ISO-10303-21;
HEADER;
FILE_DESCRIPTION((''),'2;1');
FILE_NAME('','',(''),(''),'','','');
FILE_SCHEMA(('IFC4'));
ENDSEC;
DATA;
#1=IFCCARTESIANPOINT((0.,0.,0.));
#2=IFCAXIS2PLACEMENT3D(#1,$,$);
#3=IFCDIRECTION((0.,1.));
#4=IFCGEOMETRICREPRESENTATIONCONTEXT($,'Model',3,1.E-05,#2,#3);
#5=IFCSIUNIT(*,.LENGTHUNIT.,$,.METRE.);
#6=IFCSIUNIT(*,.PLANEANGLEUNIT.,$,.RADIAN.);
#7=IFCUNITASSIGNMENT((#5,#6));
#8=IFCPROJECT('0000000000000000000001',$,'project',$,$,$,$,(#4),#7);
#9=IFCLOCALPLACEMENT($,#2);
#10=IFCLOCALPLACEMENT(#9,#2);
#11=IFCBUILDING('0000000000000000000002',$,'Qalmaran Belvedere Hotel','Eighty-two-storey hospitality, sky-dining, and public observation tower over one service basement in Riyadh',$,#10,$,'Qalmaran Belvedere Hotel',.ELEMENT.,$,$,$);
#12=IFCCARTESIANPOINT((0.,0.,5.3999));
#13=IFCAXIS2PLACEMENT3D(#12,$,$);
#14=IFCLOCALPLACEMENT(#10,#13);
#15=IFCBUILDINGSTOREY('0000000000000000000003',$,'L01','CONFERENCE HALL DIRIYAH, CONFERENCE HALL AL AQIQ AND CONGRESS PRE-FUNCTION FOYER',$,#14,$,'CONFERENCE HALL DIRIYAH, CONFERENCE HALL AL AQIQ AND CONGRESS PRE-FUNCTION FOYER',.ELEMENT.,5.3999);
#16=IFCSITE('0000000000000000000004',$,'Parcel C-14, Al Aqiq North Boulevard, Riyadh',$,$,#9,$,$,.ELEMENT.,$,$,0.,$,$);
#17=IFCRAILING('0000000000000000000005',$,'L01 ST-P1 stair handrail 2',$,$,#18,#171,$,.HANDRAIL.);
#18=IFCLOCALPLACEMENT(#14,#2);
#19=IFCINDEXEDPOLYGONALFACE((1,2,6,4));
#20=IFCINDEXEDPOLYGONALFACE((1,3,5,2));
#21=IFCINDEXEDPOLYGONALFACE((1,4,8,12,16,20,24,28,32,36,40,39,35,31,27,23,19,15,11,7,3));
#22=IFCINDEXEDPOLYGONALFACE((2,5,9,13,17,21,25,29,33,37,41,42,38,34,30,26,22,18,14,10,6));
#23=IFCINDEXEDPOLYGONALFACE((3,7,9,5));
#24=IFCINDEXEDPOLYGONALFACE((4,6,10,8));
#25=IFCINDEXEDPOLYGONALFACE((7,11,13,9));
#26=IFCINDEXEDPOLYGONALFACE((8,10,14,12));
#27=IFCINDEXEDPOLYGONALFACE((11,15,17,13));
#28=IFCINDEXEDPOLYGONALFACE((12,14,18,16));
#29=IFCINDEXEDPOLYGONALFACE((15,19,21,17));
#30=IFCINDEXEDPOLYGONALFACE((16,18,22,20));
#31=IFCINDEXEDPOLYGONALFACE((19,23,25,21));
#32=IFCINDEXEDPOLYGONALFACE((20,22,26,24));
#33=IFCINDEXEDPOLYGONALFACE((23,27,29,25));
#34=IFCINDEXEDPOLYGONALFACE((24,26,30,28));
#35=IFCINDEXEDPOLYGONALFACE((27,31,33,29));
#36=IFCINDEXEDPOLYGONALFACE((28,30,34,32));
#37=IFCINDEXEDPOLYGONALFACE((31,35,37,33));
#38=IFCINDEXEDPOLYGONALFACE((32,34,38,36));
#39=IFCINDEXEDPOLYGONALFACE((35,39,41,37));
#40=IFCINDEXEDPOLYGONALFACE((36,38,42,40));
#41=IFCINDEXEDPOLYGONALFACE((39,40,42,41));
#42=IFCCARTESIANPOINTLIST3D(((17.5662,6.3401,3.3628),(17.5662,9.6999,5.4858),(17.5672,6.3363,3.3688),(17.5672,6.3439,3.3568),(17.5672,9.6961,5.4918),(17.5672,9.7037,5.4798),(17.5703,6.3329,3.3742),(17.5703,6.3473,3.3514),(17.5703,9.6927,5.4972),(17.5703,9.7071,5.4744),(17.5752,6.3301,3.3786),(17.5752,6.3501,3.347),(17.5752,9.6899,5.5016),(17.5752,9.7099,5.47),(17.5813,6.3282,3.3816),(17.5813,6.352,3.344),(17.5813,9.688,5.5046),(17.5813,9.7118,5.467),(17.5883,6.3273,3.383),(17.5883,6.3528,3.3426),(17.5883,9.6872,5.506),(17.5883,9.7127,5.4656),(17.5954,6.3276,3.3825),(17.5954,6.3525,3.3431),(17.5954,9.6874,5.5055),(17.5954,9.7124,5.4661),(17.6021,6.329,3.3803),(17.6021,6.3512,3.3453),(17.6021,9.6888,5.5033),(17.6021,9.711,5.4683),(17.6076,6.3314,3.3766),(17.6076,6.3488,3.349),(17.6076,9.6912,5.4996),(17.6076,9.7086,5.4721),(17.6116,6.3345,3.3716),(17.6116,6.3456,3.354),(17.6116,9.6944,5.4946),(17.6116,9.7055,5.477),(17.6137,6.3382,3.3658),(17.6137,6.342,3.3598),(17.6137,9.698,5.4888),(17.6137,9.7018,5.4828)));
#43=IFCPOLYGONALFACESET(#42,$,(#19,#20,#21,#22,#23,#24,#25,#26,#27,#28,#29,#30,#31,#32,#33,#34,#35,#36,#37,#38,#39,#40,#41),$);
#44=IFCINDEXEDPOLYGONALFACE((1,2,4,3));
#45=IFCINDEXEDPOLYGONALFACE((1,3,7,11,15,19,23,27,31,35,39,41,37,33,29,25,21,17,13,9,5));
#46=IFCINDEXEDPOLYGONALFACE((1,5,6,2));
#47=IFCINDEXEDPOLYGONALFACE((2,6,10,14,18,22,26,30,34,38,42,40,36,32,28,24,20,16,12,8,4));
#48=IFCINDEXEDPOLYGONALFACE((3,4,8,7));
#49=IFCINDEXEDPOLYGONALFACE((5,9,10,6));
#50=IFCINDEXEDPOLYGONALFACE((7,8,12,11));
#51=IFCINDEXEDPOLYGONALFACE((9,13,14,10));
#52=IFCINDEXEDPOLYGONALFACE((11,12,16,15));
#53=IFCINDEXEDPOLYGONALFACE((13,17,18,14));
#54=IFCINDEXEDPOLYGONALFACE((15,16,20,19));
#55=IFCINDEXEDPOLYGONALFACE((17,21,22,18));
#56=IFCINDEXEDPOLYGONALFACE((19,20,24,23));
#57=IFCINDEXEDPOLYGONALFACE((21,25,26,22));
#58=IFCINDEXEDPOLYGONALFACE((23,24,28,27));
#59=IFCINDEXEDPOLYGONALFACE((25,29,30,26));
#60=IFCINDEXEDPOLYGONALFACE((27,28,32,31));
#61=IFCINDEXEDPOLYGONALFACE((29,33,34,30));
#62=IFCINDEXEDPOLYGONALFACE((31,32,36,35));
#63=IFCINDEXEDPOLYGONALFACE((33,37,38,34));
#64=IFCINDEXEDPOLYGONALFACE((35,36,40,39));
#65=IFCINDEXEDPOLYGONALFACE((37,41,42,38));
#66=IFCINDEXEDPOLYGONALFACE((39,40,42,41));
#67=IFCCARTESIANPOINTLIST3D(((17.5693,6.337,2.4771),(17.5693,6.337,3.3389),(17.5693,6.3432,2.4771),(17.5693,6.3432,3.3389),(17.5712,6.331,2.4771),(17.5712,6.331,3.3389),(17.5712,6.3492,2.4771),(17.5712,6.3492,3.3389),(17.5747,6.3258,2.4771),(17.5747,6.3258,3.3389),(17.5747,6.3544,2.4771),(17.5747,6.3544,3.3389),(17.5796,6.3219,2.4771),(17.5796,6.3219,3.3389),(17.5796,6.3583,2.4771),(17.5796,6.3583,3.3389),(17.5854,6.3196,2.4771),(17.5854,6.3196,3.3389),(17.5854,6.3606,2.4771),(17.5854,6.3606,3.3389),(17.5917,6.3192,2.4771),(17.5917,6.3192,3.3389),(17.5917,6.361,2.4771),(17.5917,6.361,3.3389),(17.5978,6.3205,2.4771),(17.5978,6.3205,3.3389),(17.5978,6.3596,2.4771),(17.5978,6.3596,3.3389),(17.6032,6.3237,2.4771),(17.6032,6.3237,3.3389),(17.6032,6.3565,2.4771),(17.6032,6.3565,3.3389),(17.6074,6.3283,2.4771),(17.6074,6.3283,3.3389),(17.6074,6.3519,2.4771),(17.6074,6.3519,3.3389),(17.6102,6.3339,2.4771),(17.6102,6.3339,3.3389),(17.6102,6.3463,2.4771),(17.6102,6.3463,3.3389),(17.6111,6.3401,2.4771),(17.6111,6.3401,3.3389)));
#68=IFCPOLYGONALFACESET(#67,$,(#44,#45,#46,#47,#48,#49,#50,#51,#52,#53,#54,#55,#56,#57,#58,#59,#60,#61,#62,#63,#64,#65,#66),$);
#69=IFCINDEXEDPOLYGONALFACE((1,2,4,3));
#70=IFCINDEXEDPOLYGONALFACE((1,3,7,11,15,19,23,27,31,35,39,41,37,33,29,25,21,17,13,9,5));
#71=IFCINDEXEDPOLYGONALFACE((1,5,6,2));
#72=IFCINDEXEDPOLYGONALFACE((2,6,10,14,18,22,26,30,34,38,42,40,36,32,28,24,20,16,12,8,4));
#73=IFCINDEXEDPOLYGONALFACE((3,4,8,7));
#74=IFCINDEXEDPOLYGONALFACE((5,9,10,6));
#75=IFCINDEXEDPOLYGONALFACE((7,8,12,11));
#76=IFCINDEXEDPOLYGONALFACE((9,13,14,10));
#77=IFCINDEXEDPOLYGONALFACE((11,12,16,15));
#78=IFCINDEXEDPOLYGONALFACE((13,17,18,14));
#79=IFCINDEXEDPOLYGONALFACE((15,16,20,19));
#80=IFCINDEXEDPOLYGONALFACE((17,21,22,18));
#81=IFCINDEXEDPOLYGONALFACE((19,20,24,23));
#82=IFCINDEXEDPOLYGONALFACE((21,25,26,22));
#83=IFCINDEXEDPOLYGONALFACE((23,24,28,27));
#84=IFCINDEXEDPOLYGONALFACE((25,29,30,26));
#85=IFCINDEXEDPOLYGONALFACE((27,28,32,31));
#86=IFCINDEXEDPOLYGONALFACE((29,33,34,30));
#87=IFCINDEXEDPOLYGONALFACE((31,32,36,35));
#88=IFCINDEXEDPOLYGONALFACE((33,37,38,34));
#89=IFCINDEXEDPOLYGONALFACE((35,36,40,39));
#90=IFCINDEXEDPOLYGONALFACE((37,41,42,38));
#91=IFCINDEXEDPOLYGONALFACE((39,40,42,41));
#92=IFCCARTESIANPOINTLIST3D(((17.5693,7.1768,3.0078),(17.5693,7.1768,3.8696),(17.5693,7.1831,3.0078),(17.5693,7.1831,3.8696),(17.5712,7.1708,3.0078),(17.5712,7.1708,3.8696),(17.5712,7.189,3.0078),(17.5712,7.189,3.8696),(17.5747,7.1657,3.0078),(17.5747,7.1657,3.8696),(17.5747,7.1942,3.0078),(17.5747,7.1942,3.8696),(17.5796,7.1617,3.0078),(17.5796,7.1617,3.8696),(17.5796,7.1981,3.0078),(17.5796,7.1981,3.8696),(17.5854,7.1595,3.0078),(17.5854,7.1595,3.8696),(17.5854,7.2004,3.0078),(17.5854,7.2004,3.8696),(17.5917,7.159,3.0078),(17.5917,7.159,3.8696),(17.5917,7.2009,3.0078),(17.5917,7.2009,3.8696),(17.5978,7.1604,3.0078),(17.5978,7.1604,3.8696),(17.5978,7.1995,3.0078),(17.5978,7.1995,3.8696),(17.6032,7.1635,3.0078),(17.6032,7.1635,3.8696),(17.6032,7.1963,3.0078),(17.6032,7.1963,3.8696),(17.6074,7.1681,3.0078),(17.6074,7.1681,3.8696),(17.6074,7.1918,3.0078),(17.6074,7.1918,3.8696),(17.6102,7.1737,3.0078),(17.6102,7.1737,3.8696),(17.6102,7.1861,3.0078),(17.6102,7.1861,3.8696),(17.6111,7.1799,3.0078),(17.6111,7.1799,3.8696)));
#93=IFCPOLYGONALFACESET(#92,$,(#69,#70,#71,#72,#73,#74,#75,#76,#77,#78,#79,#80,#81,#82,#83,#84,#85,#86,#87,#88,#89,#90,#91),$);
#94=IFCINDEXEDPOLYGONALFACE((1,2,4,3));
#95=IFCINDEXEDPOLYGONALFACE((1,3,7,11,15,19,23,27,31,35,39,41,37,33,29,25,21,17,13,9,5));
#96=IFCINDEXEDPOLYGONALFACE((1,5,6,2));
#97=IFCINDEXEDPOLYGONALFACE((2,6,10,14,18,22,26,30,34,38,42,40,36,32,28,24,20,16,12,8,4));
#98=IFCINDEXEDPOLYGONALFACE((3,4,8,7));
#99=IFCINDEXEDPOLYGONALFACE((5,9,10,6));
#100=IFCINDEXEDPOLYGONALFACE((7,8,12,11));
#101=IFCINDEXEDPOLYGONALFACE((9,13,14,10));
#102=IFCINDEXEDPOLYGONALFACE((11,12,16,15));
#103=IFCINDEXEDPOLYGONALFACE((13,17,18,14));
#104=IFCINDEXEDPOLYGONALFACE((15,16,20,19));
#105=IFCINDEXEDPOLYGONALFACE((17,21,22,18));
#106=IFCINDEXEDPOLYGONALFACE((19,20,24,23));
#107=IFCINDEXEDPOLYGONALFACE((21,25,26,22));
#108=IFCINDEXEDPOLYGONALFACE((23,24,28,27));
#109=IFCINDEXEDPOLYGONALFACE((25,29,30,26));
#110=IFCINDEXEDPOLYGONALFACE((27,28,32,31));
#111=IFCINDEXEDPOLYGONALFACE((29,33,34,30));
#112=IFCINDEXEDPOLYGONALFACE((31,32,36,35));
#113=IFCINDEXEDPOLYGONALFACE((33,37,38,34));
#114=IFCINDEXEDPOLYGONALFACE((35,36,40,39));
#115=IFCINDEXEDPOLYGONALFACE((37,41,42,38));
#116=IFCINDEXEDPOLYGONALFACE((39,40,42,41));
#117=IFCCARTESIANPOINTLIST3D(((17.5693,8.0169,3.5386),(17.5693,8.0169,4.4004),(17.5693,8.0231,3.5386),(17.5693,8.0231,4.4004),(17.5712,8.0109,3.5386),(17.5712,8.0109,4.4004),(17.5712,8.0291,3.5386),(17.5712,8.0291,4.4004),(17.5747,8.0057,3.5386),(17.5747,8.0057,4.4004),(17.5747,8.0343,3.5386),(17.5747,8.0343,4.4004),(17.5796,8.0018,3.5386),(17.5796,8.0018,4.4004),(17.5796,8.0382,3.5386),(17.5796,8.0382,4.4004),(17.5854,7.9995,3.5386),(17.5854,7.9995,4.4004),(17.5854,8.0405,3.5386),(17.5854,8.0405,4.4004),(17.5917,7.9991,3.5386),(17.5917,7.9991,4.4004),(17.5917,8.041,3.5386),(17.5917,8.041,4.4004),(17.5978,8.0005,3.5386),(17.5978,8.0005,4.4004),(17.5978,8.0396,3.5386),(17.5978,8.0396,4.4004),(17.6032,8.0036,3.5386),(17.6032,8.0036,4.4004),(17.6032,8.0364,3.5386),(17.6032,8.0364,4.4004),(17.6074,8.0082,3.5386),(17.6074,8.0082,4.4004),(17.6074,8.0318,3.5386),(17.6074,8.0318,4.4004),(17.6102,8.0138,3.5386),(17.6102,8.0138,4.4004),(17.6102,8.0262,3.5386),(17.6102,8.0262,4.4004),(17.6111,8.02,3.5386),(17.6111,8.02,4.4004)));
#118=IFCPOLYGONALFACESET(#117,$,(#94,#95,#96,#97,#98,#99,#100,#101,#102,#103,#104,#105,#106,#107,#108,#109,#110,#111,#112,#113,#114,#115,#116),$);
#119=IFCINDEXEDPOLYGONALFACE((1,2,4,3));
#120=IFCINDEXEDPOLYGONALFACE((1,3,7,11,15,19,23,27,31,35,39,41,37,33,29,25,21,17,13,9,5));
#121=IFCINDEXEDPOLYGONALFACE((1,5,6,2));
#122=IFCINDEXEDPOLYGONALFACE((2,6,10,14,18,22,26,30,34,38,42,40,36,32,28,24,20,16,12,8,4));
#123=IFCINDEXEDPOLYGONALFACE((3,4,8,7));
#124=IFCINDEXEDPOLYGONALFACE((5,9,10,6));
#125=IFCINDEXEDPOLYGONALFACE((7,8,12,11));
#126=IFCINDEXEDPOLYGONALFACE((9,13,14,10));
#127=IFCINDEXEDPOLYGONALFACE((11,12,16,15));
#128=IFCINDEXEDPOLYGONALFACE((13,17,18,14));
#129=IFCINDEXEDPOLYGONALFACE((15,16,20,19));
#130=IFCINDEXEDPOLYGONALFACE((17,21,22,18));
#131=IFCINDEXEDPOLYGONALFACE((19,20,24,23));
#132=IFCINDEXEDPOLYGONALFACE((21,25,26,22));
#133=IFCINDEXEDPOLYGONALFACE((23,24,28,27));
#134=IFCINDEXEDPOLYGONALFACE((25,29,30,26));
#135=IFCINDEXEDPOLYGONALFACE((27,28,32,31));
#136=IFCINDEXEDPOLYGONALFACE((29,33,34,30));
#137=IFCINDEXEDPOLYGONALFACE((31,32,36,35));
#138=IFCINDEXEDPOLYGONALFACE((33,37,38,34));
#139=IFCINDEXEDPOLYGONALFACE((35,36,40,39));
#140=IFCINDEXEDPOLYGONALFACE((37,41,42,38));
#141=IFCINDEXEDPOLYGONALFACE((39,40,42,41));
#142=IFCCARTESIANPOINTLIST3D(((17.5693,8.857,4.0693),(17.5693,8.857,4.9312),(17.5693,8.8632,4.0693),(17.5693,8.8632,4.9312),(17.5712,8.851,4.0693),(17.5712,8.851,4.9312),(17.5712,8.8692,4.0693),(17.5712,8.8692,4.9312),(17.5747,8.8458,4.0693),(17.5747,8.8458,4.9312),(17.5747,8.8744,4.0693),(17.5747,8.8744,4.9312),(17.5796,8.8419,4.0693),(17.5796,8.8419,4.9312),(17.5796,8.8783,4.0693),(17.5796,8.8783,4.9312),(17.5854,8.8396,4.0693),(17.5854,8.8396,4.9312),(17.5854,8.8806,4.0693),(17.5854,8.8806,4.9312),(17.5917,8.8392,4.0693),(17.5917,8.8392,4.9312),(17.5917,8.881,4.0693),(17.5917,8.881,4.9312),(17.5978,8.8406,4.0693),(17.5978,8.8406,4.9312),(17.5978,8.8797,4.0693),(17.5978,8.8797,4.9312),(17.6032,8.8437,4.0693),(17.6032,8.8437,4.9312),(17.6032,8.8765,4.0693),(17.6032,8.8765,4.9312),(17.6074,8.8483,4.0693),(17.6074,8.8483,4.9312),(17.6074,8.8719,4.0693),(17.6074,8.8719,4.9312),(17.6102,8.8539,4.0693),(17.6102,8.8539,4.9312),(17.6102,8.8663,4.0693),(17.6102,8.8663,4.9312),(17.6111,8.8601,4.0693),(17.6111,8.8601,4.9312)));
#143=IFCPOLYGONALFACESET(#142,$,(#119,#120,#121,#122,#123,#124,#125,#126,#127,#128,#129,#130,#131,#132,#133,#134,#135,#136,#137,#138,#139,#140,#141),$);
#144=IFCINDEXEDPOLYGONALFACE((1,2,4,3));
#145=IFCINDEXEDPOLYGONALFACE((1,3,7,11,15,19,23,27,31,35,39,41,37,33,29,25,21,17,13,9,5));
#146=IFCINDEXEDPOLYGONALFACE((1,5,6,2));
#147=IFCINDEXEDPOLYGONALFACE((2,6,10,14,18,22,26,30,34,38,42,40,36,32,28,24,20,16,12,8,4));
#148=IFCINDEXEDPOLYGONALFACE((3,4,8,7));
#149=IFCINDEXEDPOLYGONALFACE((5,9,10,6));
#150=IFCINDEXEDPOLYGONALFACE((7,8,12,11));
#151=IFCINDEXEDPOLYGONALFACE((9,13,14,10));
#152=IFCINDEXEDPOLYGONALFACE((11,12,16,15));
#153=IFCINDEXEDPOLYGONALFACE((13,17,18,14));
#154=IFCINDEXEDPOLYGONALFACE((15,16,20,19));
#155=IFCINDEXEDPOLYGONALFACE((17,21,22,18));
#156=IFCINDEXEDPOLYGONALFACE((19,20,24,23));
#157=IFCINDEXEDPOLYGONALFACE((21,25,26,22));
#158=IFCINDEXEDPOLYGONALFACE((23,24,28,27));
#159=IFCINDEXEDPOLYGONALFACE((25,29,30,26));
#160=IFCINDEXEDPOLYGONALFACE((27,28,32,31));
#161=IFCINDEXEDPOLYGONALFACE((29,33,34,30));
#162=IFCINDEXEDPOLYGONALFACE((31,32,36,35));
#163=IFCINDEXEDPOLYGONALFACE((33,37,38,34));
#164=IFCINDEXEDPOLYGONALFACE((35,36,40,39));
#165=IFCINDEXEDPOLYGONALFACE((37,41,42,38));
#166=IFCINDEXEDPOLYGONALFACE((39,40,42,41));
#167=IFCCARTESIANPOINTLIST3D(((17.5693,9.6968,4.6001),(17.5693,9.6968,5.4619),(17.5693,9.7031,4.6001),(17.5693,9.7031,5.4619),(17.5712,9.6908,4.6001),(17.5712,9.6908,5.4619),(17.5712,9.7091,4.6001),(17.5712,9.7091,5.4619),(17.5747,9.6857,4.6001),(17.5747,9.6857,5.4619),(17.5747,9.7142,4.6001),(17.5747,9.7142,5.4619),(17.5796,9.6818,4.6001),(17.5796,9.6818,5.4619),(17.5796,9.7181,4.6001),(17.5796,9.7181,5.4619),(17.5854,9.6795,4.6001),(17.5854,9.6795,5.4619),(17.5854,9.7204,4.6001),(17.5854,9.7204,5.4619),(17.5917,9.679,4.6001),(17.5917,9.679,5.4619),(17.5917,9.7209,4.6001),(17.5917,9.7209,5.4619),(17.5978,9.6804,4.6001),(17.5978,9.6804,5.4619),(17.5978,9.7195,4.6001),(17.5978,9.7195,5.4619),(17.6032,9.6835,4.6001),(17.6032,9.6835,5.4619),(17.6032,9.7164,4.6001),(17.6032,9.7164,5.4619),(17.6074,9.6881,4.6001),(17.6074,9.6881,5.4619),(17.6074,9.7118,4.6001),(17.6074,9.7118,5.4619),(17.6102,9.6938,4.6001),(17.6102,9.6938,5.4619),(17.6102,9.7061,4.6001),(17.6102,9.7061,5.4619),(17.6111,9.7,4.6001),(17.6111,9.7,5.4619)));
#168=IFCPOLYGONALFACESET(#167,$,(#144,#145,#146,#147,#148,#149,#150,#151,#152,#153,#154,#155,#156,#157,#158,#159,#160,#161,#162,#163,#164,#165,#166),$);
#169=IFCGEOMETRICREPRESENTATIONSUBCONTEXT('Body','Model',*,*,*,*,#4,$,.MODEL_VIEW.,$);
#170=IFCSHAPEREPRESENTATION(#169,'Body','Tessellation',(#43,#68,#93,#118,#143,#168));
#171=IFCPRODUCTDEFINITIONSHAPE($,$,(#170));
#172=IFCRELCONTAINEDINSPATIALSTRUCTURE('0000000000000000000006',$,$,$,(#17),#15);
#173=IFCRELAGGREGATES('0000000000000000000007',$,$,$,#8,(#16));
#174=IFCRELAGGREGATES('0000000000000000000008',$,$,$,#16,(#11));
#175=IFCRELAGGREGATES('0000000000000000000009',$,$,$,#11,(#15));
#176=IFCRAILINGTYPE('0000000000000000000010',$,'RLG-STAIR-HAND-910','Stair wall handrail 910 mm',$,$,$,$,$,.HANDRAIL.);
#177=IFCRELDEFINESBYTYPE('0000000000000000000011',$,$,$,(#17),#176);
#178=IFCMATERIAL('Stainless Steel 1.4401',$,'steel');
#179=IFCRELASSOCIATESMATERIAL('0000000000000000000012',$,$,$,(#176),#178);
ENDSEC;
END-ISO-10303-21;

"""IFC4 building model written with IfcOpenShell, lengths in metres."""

from ifc_helpers import new_model, si_unit, direction, frame, origin, origin_2d, place, context, subcontext, project, spatial, circle, extrude, material, type_object, element, save


model = new_model("IFC4")

# Units and contexts
model_context = context("Model", 3, precision=1e-05, world=origin(), true_north=direction((0.0, 1.0)))
body_context = subcontext(model_context, "Body", "Model", "MODEL_VIEW")
ifc_project = project(units=[si_unit("LENGTHUNIT", "METRE"), si_unit("PLANEANGLEUNIT", "RADIAN")], contexts=[model_context])

# Site, building, storey
site_placement = place(None, origin())
site = spatial("IfcSite", under=ifc_project, at=site_placement, Name="Parcel C-14, Al Aqiq North Boulevard, Riyadh", CompositionType="ELEMENT", RefElevation=0.0)
building_placement = place(site_placement, origin())
building = spatial("IfcBuilding", under=site, at=building_placement, Name="Qalmaran Belvedere Hotel", Description="Eighty-two-storey hospitality, sky-dining, and public observation tower over one service basement in Riyadh", LongName="Qalmaran Belvedere Hotel", CompositionType="ELEMENT")
storey_placement = place(building_placement, frame((0.0, 0.0, 5.3999)))
storey = spatial("IfcBuildingStorey", under=building, at=storey_placement, Name="L01", Description="CONFERENCE HALL DIRIYAH, CONFERENCE HALL AL AQIQ AND CONGRESS PRE-FUNCTION FOYER", LongName="CONFERENCE HALL DIRIYAH, CONFERENCE HALL AL AQIQ AND CONGRESS PRE-FUNCTION FOYER", CompositionType="ELEMENT", Elevation=5.3999)

# Railing
ifc_material_1 = material(Name="Stainless Steel 1.4401", Category="steel")
railing_type_1 = type_object("IfcRailingType", Name="RLG-STAIR-HAND-910", Description="Stair wall handrail 910 mm", PredefinedType="HANDRAIL", material=ifc_material_1)
railing_1_placement = place(storey_placement, frame((17.5901, 6.3401, 2.4771)))
element("IfcRailing", 1, at=railing_1_placement, inside=storey, type_object=railing_type_1, Name="L01 ST-P1 stair handrail 2", PredefinedType="HANDRAIL", context=body_context, shape_type="SweptSolid", body=[
    extrude(circle(Radius=0.0239, at=origin_2d()), frame((0.0, 0.0, 0.8857), z_axis=(0.0, 0.845372, 0.534178), x_axis=(-1.0, 0.0, 0.0)), (0.0, 0.0, 1.0), 3.9744),
    extrude(circle(Radius=0.021, at=origin_2d()), origin(), (0.0, 0.0, 1.0), 0.8618),
    extrude(circle(Radius=0.021, at=origin_2d()), frame((0.0, 0.8398, 0.5308)), (0.0, 0.0, 1.0), 0.8618),
    extrude(circle(Radius=0.021, at=origin_2d()), frame((0.0, 1.6799, 1.0615)), (0.0, 0.0, 1.0), 0.8618),
    extrude(circle(Radius=0.021, at=origin_2d()), frame((0.0, 2.52, 1.5923)), (0.0, 0.0, 1.0), 0.8618),
    extrude(circle(Radius=0.021, at=origin_2d()), frame((0.0, 3.3599, 2.123)), (0.0, 0.0, 1.0), 0.8618),
])

save(model, "model.ifc")
